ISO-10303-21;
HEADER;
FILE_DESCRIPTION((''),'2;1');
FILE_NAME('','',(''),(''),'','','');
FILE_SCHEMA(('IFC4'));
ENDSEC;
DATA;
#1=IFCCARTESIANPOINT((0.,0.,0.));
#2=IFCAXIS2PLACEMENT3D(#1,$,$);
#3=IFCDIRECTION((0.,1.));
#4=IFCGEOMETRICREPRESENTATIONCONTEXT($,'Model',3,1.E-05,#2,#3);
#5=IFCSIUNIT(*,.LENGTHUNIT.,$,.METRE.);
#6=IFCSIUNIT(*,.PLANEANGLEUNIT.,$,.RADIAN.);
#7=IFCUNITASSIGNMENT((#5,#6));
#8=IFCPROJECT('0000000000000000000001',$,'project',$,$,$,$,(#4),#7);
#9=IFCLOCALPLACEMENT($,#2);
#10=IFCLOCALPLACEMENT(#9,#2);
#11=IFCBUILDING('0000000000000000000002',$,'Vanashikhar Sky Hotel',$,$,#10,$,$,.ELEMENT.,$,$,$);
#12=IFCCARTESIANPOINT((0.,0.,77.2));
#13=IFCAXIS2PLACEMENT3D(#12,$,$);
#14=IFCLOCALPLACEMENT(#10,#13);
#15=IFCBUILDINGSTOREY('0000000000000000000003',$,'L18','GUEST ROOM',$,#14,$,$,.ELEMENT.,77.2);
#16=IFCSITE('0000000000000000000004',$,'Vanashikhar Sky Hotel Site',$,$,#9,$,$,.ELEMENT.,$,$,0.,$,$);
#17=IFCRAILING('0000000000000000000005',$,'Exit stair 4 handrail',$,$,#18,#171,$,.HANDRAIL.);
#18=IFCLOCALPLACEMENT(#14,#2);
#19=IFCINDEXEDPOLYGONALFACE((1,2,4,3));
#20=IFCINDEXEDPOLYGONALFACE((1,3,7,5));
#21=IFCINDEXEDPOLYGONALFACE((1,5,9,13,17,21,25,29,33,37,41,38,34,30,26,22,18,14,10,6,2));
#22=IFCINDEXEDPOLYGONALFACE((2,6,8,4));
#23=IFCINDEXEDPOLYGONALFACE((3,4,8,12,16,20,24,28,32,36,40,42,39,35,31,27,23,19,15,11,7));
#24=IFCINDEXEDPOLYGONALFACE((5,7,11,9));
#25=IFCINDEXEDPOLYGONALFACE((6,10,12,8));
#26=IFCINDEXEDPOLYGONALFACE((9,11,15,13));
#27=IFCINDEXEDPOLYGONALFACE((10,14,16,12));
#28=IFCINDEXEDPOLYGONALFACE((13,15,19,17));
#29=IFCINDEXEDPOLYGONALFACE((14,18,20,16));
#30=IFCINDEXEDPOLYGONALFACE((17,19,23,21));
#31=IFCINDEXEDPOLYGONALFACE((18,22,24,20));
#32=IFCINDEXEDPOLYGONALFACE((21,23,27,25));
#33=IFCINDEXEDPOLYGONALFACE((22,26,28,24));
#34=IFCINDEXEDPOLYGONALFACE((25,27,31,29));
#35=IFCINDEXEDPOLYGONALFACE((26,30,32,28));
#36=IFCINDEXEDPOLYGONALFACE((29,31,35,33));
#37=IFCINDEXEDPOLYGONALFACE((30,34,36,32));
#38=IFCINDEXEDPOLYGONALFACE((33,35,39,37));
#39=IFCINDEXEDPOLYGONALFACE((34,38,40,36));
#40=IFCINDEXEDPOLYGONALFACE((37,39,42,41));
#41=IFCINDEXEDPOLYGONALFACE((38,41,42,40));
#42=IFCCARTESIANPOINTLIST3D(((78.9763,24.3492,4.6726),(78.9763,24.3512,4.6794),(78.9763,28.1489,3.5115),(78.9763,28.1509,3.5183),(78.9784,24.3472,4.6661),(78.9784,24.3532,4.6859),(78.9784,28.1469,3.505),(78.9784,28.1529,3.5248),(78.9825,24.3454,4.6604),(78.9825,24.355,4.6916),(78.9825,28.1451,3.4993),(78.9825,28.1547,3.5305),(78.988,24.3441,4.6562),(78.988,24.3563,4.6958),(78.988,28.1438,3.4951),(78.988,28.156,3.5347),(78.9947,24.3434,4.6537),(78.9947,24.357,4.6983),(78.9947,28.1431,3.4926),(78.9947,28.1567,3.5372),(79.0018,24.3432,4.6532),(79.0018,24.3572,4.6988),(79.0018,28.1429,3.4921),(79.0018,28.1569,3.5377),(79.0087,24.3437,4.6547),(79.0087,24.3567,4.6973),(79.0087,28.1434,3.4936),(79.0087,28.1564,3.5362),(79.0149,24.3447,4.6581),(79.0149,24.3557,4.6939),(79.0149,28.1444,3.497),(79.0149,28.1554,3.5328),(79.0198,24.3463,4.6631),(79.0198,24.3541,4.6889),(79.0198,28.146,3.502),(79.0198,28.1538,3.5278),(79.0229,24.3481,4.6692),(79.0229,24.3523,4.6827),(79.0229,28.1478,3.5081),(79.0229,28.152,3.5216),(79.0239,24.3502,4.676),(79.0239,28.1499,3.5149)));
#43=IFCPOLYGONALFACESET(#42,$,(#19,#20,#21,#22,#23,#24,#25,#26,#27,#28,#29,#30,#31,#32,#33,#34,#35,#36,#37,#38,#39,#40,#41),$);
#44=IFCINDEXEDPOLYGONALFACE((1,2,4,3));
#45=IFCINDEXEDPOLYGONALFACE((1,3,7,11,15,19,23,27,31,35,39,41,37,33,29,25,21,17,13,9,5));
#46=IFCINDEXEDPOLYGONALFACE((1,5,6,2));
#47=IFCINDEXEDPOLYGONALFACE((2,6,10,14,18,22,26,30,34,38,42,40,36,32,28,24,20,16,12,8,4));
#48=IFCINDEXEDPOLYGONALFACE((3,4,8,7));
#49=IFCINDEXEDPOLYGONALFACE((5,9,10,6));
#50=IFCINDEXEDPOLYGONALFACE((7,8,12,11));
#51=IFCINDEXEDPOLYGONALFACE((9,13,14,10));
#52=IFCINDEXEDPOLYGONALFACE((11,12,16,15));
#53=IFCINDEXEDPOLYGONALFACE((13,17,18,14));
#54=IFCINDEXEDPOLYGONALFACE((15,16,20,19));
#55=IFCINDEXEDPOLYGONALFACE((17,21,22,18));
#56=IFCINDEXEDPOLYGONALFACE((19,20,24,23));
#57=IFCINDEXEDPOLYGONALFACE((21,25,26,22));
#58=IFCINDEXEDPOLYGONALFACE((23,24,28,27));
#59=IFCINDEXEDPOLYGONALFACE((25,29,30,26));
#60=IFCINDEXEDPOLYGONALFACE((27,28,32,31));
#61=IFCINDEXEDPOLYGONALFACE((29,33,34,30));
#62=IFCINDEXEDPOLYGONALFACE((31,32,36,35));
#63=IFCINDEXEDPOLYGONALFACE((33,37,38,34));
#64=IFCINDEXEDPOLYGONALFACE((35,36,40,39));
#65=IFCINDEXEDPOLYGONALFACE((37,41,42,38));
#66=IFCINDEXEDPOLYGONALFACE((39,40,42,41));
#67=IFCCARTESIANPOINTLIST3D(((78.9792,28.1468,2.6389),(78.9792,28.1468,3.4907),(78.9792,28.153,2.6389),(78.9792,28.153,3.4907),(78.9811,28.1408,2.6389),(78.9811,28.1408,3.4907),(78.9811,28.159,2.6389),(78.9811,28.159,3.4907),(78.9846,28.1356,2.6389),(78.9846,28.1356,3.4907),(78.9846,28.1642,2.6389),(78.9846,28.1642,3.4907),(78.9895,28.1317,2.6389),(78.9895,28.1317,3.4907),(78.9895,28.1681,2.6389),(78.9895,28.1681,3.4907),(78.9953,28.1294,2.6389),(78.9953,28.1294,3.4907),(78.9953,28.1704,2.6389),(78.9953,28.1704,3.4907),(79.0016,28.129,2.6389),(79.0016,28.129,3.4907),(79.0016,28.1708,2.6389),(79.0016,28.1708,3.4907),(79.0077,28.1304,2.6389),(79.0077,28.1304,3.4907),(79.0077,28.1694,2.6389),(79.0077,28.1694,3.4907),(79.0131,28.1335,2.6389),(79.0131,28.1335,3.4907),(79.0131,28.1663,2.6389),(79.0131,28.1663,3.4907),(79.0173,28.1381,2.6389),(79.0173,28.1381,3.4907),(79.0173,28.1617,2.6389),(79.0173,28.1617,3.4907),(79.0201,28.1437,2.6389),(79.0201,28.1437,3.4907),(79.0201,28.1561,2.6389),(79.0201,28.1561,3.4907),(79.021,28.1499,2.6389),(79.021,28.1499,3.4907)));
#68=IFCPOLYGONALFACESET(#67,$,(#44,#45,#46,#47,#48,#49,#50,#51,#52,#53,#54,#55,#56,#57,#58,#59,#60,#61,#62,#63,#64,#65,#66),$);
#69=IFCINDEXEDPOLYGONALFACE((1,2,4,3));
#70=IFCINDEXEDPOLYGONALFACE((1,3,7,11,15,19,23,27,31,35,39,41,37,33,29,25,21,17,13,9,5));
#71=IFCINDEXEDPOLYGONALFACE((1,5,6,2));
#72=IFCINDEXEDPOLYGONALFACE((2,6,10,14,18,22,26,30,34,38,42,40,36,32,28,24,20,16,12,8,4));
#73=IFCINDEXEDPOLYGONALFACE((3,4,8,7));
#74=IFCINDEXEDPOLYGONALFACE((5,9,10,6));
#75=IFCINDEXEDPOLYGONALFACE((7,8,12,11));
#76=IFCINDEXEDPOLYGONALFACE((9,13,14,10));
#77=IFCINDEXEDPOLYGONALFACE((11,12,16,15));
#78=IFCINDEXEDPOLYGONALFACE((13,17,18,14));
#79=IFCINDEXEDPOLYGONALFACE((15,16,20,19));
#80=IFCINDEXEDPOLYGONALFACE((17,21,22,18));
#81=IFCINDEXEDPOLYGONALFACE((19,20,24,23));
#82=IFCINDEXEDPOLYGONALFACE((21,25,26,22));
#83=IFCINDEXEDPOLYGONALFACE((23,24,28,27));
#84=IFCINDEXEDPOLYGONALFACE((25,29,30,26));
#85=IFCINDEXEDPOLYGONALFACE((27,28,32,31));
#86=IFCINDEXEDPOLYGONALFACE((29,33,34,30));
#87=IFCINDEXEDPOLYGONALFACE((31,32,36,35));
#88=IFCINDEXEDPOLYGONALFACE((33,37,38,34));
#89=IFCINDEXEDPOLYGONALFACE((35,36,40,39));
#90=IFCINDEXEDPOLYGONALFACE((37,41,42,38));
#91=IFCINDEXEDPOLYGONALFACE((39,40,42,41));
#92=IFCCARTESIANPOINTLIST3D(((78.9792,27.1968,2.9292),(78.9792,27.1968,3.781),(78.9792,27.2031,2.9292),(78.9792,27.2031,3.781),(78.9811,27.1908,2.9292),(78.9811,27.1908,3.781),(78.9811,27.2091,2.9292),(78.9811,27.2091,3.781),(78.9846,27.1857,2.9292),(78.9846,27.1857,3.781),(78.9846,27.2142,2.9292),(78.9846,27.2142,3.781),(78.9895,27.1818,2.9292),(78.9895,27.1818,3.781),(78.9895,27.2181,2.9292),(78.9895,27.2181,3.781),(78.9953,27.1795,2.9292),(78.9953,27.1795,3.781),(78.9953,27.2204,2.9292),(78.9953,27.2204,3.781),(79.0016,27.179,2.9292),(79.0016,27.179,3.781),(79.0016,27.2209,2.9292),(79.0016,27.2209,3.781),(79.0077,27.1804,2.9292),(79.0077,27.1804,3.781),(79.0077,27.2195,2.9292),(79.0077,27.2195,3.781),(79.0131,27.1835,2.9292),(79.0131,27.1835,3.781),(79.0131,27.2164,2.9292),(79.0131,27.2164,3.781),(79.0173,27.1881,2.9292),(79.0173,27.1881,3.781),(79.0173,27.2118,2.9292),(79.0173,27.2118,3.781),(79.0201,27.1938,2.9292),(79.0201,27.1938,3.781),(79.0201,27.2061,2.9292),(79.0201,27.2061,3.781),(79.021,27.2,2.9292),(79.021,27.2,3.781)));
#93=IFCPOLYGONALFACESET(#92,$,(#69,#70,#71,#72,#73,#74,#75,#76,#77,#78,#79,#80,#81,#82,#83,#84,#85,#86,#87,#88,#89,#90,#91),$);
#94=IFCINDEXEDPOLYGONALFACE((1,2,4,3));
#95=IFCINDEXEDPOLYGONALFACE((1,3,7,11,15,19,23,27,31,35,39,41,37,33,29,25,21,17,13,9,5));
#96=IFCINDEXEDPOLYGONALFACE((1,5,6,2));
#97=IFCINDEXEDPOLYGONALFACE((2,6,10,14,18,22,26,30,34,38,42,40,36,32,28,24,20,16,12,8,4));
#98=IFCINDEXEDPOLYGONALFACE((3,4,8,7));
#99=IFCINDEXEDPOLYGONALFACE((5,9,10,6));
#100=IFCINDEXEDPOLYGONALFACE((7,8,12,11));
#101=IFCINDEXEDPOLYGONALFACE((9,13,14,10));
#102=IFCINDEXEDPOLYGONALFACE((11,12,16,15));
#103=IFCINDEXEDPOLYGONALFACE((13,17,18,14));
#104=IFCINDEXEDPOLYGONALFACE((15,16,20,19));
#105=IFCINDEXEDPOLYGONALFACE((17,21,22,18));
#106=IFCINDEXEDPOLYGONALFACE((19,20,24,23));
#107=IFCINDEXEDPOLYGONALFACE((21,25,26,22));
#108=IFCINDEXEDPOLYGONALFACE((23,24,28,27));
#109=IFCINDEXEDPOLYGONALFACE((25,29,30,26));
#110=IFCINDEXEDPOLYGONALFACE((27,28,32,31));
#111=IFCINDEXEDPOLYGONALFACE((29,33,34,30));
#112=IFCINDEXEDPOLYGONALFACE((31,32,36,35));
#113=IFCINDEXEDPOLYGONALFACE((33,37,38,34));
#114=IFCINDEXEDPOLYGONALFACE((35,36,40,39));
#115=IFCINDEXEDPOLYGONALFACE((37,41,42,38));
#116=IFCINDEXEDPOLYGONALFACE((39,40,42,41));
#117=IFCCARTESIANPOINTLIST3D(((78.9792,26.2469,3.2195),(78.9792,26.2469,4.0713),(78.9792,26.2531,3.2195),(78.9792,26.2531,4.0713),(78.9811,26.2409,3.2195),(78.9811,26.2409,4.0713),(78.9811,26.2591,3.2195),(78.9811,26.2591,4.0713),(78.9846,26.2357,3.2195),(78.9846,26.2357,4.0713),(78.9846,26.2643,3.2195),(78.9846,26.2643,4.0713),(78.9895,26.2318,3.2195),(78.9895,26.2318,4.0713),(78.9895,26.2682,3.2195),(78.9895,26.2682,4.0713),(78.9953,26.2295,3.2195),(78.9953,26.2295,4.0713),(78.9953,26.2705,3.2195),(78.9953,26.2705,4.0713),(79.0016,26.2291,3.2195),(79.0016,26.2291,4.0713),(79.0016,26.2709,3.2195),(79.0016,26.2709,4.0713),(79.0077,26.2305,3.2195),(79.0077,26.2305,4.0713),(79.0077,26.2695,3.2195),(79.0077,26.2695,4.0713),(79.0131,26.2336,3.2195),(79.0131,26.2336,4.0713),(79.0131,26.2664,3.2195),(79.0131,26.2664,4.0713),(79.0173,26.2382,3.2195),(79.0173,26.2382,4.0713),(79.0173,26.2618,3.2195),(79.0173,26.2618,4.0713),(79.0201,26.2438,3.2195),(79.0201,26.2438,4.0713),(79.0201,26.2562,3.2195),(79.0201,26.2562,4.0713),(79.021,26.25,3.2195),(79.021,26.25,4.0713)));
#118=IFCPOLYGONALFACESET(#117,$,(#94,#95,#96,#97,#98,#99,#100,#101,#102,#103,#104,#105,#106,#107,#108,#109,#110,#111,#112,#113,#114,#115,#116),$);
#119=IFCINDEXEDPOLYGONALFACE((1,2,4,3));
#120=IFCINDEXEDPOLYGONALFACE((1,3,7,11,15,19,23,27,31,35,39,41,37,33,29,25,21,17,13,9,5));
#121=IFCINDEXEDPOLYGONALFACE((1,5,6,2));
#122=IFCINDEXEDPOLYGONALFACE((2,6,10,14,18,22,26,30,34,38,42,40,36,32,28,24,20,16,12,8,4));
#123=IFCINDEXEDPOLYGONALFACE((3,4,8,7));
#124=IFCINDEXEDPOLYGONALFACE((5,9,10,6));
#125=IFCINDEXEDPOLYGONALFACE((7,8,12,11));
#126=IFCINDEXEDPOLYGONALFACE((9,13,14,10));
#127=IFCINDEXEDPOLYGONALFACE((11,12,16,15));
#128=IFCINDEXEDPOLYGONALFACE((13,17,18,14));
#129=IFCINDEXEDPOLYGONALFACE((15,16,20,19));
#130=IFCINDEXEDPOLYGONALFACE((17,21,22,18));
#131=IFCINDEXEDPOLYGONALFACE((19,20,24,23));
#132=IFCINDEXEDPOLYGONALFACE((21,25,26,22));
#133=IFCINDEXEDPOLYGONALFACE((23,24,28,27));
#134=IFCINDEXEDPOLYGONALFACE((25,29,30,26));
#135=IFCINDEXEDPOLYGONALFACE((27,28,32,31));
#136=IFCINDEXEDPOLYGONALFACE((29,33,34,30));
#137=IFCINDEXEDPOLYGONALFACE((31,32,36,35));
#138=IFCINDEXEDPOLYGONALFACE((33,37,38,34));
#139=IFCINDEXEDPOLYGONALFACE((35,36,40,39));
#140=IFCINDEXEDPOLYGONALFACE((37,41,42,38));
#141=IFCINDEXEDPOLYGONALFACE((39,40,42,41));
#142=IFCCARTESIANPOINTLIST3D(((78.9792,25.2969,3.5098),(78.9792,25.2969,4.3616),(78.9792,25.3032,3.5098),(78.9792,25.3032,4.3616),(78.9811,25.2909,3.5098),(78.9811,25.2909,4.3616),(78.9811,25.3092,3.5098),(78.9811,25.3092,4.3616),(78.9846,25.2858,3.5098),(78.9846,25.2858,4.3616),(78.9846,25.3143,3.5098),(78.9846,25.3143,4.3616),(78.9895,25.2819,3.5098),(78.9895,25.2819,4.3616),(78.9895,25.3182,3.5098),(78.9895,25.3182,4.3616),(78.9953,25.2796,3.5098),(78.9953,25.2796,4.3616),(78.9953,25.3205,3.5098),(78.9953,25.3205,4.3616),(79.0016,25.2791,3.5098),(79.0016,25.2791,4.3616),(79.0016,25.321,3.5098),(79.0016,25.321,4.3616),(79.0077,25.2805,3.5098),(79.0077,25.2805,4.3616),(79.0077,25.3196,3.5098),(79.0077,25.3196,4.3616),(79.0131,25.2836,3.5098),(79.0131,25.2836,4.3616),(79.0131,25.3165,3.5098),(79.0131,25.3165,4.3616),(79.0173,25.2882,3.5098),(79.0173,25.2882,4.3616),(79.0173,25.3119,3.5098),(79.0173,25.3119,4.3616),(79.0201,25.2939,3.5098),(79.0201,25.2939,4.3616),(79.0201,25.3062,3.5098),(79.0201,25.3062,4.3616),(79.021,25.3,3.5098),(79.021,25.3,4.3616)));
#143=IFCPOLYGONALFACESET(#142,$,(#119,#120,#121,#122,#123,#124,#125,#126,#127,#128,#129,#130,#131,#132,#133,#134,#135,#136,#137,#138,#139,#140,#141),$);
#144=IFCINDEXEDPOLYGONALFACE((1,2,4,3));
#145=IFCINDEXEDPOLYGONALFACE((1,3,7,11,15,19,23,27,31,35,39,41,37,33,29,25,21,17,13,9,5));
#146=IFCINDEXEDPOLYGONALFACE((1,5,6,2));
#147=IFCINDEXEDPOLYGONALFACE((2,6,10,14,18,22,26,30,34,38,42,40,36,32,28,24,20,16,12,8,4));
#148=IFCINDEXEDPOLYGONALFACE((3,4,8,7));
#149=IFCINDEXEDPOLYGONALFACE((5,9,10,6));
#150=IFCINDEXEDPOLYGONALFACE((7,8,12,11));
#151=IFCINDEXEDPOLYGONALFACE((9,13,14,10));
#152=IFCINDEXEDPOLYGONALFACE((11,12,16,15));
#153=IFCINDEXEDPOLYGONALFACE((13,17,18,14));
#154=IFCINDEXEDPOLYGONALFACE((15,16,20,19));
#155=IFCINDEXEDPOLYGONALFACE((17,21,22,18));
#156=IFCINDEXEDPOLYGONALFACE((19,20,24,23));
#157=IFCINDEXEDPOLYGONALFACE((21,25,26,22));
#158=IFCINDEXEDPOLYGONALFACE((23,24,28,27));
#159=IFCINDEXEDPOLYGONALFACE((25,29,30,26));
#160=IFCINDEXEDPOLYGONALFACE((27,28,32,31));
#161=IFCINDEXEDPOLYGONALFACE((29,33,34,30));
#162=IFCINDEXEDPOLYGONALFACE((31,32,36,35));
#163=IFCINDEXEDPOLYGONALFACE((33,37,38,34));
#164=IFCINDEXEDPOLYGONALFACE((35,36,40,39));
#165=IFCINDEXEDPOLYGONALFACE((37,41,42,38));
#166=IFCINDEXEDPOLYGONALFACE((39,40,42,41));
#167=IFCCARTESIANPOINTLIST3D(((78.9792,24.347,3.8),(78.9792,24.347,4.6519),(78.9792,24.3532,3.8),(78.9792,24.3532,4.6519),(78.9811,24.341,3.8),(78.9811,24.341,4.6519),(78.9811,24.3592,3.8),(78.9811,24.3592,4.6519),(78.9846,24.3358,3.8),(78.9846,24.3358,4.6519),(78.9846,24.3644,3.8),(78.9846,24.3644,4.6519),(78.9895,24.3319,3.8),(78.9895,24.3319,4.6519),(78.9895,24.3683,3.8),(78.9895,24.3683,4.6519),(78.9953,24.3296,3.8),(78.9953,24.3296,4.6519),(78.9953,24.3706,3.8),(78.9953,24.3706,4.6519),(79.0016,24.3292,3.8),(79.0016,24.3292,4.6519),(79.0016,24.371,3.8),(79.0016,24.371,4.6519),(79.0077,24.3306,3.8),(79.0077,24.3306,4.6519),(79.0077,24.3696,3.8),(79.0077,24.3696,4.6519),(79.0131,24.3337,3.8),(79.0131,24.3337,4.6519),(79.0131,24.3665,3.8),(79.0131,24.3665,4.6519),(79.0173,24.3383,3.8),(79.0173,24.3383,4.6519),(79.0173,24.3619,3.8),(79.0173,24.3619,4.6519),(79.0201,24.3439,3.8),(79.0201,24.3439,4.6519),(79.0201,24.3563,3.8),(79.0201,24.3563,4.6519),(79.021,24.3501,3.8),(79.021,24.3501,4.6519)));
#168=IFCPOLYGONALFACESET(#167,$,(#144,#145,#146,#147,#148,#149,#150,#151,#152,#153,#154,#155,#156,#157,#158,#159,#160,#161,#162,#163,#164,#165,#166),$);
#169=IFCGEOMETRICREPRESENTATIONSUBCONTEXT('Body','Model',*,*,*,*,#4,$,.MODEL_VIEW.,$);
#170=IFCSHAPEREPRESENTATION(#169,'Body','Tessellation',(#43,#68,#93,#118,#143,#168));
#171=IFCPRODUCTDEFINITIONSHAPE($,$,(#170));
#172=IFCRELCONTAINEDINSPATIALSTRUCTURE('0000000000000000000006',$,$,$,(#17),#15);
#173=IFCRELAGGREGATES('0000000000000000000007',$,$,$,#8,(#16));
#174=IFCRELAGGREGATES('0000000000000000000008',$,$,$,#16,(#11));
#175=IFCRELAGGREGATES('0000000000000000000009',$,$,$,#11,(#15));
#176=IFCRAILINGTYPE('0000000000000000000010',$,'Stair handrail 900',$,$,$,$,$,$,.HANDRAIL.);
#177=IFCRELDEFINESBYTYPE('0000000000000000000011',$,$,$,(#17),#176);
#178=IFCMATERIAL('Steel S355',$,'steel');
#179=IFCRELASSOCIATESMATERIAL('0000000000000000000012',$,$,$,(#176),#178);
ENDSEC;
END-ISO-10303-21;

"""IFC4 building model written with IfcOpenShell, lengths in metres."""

from ifc_helpers import new_model, si_unit, direction, frame, origin, origin_2d, place, context, subcontext, project, spatial, circle, extrude, source, transform, mapped, material, type_object, element, save


model = new_model("IFC4")

# Units and contexts
model_context = context("Model", 3, precision=1e-05, world=origin(), true_north=direction((0.0, 1.0)))
body_context = subcontext(model_context, "Body", "Model", "MODEL_VIEW")
ifc_project = project(units=[si_unit("LENGTHUNIT", "METRE"), si_unit("PLANEANGLEUNIT", "RADIAN")], contexts=[model_context])

# Site, building, storey
site_placement = place(None, origin())
site = spatial("IfcSite", under=ifc_project, at=site_placement, Name="Vanashikhar Sky Hotel Site", CompositionType="ELEMENT", RefElevation=0.0)
building_placement = place(site_placement, origin())
building = spatial("IfcBuilding", under=site, at=building_placement, Name="Vanashikhar Sky Hotel", CompositionType="ELEMENT")
storey_placement = place(building_placement, frame((0.0, 0.0, 77.2)))
storey = spatial("IfcBuildingStorey", under=building, at=storey_placement, Name="L18", Description="GUEST ROOM", CompositionType="ELEMENT", Elevation=77.2)

# Railing
ifc_material_1 = material(Name="Steel S355", Category="steel")
railing_type_1 = type_object("IfcRailingType", Name="Stair handrail 900", PredefinedType="HANDRAIL", material=ifc_material_1)
shared_shape_1 = source(origin(), body_context, "Body", "SweptSolid", [
    extrude(circle(Radius=0.0239, at=origin_2d()), frame((0.0, 0.0, 0.876), z_axis=(0.0, -0.956346, 0.292237), x_axis=(1.0, 0.0, 0.0)), (0.0, 0.0, 1.0), 3.9731),
    extrude(circle(Radius=0.021, at=origin_2d()), origin(), (0.0, 0.0, 1.0), 0.8518),
    extrude(circle(Radius=0.021, at=origin_2d()), frame((0.0, -0.95, 0.2903)), (0.0, 0.0, 1.0), 0.8518),
    extrude(circle(Radius=0.021, at=origin_2d()), frame((0.0, -1.8999, 0.5806)), (0.0, 0.0, 1.0), 0.8518),
    extrude(circle(Radius=0.021, at=origin_2d()), frame((0.0, -2.8499, 0.8708)), (0.0, 0.0, 1.0), 0.8518),
    extrude(circle(Radius=0.021, at=origin_2d()), frame((0.0, -3.7998, 1.1611)), (0.0, 0.0, 1.0), 0.8518),
])
railing_1_placement = place(storey_placement, frame((79.0, 28.1499, 2.6389)))
element("IfcRailing", 1, at=railing_1_placement, inside=storey, type_object=railing_type_1, Name="Exit stair 4 handrail", PredefinedType="HANDRAIL", context=body_context, shape_type="MappedRepresentation", body=[
    mapped(shared_shape_1, transform((0.0, 0.0, 0.0), scale=1.0)),
])

save(model, "model.ifc")
